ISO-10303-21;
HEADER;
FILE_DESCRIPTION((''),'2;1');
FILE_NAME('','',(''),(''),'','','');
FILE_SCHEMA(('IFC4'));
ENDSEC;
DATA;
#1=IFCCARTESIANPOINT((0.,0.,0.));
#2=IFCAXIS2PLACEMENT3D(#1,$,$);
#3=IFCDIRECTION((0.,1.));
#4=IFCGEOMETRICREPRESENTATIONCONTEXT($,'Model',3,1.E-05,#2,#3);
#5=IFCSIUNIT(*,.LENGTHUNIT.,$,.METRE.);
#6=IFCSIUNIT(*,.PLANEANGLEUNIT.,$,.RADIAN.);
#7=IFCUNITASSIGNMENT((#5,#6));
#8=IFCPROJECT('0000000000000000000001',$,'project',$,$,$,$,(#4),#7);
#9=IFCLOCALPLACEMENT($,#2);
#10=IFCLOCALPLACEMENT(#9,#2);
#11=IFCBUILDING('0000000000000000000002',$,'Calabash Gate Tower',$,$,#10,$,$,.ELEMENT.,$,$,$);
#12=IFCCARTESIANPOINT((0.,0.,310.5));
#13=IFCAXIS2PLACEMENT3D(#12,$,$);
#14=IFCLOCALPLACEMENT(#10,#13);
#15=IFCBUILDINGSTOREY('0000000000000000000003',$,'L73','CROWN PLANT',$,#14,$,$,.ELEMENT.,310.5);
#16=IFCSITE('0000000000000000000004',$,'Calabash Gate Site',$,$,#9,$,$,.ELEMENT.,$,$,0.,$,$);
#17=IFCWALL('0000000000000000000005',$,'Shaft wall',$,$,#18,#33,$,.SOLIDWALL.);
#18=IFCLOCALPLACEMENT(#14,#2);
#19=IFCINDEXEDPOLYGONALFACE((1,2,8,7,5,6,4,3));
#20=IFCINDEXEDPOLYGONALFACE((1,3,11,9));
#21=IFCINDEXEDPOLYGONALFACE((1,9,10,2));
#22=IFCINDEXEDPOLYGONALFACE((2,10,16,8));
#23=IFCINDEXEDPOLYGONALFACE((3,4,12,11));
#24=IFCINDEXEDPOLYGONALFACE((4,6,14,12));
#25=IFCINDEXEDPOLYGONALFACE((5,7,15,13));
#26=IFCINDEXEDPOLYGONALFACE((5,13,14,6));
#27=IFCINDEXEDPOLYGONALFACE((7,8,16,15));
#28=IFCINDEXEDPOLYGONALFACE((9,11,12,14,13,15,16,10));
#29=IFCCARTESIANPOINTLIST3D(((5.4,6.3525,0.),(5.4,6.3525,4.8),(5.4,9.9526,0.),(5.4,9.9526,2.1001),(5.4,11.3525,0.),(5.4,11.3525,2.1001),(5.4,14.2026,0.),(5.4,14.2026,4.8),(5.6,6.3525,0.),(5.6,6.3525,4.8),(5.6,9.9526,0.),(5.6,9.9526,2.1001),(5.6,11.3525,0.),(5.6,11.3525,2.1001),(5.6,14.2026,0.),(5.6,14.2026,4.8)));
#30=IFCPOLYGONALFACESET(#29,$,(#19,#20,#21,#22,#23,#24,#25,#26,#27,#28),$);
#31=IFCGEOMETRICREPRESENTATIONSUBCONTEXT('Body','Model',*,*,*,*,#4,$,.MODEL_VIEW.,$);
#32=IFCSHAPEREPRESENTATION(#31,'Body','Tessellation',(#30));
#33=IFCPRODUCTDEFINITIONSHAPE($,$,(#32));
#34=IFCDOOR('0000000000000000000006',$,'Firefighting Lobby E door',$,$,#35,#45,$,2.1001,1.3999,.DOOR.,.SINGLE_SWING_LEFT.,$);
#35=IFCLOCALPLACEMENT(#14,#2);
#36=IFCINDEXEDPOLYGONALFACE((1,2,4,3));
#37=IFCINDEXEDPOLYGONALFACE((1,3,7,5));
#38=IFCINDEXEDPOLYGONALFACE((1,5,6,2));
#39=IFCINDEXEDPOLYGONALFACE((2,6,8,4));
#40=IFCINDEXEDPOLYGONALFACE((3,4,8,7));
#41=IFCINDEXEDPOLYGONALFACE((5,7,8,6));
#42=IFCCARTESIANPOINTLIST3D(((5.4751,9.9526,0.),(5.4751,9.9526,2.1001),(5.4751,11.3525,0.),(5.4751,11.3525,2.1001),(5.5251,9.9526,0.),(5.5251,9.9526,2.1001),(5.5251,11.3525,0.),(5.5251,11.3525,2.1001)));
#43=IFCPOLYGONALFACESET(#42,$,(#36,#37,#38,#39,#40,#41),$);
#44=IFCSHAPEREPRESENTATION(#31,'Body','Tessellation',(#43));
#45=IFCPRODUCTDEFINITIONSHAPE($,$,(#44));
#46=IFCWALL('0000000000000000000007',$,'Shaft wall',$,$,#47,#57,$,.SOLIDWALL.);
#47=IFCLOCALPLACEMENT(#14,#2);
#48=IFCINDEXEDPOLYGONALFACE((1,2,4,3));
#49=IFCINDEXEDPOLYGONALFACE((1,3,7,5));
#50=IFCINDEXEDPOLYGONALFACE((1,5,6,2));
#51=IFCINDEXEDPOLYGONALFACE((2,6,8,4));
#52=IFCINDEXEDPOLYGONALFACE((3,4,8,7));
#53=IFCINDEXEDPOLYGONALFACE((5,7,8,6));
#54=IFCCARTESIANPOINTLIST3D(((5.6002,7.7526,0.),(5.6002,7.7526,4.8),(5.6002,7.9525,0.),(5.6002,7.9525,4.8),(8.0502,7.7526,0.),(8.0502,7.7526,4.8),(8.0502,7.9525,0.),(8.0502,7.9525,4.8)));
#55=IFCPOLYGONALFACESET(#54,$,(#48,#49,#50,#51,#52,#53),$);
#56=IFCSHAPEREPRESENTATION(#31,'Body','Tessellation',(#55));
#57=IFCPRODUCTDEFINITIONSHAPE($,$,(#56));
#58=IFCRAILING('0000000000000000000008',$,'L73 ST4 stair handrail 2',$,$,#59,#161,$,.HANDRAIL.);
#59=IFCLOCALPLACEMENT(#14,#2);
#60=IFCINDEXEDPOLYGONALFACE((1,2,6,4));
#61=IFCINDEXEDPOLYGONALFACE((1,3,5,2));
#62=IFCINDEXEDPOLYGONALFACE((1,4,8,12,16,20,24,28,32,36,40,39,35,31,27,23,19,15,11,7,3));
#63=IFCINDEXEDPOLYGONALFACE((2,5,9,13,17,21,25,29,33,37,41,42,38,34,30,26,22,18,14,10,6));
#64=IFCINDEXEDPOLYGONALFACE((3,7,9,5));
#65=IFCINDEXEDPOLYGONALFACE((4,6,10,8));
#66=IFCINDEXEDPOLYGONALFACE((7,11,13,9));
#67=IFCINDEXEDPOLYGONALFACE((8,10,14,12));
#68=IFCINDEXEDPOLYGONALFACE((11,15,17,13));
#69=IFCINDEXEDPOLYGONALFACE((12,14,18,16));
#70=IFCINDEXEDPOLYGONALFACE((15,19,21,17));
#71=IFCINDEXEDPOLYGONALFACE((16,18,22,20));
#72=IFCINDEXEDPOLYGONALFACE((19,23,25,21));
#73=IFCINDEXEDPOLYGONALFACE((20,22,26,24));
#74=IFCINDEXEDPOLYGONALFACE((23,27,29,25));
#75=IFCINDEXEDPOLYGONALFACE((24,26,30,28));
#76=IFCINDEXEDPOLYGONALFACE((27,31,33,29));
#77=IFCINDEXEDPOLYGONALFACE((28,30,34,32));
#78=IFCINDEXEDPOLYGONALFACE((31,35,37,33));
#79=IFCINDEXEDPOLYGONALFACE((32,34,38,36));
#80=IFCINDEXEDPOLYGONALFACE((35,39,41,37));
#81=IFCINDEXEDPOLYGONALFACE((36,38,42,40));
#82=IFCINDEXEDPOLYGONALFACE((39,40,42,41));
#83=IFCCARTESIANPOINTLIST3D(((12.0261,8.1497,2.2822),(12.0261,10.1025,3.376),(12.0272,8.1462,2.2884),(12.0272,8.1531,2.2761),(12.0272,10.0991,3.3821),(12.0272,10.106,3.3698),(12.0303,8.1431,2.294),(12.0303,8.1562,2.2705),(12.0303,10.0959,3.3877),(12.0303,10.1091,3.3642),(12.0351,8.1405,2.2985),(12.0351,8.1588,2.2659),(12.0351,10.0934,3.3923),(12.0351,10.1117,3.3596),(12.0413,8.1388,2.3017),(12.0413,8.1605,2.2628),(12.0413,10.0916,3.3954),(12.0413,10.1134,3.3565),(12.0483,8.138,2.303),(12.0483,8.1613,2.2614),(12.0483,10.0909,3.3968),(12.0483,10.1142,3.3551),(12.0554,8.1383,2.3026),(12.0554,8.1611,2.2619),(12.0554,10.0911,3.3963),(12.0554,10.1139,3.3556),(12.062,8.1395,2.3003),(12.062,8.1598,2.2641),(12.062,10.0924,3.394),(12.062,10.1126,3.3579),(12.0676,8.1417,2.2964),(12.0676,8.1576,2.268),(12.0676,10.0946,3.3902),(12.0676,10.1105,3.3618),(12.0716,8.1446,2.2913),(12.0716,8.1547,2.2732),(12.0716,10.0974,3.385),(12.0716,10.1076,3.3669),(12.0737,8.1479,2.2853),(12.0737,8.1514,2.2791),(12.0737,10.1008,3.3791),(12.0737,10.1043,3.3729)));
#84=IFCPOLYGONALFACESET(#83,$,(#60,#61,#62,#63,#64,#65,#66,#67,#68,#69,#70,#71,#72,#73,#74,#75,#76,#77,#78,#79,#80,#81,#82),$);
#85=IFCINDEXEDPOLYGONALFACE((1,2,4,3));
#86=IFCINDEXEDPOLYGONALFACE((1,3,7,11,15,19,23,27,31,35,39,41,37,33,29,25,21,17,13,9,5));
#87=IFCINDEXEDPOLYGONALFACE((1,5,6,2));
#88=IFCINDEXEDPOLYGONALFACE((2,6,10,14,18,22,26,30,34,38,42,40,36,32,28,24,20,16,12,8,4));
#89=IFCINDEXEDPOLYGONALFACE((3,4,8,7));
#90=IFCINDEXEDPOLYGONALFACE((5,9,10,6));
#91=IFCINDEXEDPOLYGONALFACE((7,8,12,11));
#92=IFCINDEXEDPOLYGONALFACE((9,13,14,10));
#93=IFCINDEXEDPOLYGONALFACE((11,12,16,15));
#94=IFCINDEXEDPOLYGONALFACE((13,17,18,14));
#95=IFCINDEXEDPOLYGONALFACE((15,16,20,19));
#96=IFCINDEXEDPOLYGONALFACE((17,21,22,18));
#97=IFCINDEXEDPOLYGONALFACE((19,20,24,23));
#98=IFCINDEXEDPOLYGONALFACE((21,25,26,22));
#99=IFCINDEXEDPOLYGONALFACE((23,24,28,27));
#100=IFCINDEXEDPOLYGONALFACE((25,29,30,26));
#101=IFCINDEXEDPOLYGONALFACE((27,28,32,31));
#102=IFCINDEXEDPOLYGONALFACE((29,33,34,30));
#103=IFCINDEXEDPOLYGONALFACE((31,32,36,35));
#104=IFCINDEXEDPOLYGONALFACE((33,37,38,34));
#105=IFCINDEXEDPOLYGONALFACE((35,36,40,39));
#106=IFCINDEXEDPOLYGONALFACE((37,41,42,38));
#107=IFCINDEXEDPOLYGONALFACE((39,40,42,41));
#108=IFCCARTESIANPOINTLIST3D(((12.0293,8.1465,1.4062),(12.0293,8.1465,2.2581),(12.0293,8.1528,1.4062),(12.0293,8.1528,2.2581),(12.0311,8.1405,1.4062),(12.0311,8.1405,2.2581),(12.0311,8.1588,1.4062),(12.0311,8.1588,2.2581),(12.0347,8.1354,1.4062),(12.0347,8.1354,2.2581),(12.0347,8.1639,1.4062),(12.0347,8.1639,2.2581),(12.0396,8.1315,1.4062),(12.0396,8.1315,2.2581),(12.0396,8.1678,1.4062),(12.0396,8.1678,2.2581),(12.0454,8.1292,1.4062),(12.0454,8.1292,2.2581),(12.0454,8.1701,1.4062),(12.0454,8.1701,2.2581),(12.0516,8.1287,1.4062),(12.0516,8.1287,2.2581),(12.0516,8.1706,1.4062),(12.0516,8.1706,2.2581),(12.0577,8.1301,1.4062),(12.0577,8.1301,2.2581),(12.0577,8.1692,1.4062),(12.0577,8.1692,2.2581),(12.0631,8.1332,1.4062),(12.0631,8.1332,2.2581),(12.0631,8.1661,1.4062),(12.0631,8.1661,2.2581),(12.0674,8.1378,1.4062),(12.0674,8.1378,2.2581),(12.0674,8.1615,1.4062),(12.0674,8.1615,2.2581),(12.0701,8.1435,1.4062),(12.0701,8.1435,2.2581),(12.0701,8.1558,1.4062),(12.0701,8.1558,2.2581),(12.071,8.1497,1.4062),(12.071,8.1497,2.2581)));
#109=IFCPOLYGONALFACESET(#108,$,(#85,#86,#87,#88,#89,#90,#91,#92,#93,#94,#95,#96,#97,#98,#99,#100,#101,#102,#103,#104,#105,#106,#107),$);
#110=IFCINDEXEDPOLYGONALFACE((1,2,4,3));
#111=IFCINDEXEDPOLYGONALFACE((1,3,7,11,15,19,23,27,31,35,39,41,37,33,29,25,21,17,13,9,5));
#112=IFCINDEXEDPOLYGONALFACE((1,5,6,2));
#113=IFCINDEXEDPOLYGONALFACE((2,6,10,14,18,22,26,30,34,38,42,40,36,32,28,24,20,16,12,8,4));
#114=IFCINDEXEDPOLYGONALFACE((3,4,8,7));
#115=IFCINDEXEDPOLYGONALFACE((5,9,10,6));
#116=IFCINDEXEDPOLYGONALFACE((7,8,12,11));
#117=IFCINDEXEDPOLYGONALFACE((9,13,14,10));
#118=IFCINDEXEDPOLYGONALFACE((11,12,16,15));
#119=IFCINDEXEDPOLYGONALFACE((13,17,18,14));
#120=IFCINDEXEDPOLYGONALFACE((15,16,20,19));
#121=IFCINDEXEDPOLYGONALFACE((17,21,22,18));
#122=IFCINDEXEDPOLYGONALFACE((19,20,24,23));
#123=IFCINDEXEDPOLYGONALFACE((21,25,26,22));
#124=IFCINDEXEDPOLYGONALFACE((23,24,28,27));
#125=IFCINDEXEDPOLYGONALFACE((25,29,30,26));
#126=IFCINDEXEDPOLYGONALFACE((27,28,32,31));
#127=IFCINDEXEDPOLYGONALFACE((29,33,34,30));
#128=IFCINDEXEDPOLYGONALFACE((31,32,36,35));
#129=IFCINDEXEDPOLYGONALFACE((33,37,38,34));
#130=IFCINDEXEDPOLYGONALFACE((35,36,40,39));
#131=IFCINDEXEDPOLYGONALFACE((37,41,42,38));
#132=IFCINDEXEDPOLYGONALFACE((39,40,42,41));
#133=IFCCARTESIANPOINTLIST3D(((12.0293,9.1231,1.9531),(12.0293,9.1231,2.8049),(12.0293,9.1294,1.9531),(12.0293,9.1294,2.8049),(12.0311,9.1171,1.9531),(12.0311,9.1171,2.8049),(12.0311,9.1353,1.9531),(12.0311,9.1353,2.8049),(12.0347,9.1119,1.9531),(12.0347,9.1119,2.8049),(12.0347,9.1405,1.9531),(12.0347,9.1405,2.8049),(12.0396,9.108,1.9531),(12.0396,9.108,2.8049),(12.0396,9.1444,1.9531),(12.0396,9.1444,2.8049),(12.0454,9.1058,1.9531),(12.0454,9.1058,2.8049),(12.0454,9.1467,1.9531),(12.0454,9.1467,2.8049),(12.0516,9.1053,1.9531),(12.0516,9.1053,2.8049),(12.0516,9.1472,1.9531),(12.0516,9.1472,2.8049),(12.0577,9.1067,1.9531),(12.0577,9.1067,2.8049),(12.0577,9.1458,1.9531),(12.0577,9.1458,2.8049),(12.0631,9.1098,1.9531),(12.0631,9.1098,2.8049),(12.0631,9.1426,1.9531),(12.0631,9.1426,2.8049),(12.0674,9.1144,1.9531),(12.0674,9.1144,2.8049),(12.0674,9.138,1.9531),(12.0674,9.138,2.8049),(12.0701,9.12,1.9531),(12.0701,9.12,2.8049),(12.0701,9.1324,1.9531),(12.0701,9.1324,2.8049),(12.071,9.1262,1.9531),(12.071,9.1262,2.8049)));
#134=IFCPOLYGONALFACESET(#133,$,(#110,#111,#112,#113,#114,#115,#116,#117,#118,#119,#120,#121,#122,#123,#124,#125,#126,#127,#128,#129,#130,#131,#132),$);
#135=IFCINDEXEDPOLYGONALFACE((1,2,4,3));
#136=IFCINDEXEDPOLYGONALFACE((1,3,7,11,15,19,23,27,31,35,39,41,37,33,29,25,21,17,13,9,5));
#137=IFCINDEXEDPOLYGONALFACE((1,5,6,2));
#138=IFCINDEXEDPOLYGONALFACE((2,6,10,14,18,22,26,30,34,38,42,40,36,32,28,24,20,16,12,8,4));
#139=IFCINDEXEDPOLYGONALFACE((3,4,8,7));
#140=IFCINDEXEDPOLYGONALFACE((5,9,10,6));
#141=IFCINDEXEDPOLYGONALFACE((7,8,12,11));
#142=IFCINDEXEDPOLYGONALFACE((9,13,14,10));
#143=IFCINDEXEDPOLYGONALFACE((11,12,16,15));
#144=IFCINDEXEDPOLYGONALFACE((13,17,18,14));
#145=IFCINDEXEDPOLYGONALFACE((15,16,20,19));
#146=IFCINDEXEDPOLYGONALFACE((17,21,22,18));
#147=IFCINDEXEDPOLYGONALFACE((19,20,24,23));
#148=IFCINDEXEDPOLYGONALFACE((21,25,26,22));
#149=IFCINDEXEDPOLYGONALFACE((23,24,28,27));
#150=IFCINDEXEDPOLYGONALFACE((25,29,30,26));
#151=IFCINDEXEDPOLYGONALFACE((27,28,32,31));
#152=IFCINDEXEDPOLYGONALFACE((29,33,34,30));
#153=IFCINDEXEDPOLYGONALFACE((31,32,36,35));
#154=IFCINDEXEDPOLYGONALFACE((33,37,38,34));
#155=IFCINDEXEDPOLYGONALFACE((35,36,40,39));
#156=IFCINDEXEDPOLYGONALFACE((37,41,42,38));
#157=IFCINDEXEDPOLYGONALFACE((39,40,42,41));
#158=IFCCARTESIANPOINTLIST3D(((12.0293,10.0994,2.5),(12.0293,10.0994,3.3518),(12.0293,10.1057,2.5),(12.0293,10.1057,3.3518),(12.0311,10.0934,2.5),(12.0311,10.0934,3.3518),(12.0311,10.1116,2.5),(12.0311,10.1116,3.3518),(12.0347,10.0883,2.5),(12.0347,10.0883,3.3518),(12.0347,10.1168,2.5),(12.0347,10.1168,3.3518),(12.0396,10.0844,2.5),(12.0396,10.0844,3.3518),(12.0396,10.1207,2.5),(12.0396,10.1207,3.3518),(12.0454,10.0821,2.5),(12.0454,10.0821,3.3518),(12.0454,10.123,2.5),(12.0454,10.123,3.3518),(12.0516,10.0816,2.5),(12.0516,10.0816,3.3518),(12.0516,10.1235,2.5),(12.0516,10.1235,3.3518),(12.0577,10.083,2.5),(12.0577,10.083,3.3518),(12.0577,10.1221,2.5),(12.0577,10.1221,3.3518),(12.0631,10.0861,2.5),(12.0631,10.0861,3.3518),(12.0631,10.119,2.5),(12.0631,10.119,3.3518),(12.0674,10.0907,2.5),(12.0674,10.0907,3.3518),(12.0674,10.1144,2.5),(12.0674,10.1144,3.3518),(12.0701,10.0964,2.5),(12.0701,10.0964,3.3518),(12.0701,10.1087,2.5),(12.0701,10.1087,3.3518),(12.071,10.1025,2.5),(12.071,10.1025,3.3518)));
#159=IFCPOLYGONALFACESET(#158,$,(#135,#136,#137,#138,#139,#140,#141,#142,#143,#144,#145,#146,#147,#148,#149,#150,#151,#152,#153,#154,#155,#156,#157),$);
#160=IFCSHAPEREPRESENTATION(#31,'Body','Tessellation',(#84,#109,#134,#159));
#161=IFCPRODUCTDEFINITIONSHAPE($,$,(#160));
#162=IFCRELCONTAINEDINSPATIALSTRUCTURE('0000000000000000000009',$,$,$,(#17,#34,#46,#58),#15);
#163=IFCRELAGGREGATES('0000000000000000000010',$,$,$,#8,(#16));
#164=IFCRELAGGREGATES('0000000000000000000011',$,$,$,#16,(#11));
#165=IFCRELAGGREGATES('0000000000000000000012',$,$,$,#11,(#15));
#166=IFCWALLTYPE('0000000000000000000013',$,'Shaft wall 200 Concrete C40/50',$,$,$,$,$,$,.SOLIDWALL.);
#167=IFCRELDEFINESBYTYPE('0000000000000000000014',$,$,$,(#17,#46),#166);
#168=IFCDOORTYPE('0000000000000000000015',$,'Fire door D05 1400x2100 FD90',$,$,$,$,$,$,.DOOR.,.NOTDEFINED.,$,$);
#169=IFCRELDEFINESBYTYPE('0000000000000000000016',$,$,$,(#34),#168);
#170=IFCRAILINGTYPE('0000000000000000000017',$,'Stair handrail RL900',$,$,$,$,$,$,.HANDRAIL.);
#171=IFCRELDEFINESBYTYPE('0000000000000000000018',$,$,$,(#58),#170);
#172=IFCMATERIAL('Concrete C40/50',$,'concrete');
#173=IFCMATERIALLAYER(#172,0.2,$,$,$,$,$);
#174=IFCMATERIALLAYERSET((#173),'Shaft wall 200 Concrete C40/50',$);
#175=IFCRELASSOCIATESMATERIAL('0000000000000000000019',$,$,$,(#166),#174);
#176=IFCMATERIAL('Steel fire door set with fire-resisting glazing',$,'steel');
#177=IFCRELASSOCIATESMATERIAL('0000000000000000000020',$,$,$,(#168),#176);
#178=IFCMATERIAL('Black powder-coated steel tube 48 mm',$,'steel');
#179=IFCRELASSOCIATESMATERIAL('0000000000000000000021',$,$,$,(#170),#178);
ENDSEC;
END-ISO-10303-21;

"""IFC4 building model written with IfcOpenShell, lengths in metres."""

from ifc_helpers import new_model, si_unit, direction, frame, frame_2d, origin, origin_2d, place, context, subcontext, project, spatial, rectangle, circle, extrude, material, layer, layer_set, type_object, element, fill, save


model = new_model("IFC4")

# Units and contexts
model_context = context("Model", 3, precision=1e-05, world=origin(), true_north=direction((0.0, 1.0)))
body_context = subcontext(model_context, "Body", "Model", "MODEL_VIEW")
ifc_project = project(units=[si_unit("LENGTHUNIT", "METRE"), si_unit("PLANEANGLEUNIT", "RADIAN")], contexts=[model_context])

# Site, building, storey
site_placement = place(None, origin())
site = spatial("IfcSite", under=ifc_project, at=site_placement, Name="Calabash Gate Site", CompositionType="ELEMENT", RefElevation=0.0)
building_placement = place(site_placement, origin())
building = spatial("IfcBuilding", under=site, at=building_placement, Name="Calabash Gate Tower", CompositionType="ELEMENT")
storey_placement = place(building_placement, frame((0.0, 0.0, 310.5)))
storey = spatial("IfcBuildingStorey", under=building, at=storey_placement, Name="L73", Description="CROWN PLANT", CompositionType="ELEMENT", Elevation=310.5)

# Wall, opening, door
ifc_material_1 = material(Name="Concrete C40/50", Category="concrete")
ifc_layer_1 = layer(ifc_material_1, 0.2)
ifc_layer_set_1 = layer_set([ifc_layer_1], Name="Shaft wall 200 Concrete C40/50")
wall_type_1 = type_object("IfcWallType", Name="Shaft wall 200 Concrete C40/50", PredefinedType="SOLIDWALL", material=ifc_layer_set_1)
wall_1_placement = place(storey_placement, frame((5.5, 6.3525, 0.0), z_axis=(0.0, 0.0, 1.0), x_axis=(0.0, 1.0, 0.0)))
wall_1 = element("IfcWall", 1, at=wall_1_placement, inside=storey, type_object=wall_type_1, Name="Shaft wall", PredefinedType="SOLIDWALL", context=body_context, shape_type="SweptSolid", body=[
    extrude(rectangle(XDim=7.8501, YDim=0.2, at=frame_2d((3.925, 0.0))), origin(), (0.0, 0.0, 1.0), 4.8),
])
opening_1_placement = place(wall_1_placement, frame((3.6001, 0.0, 0.0)))
opening_1 = element("IfcOpeningElement", 2, at=opening_1_placement, cuts=wall_1, PredefinedType="OPENING", context=body_context, shape_type="SweptSolid", body=[
    extrude(rectangle(XDim=1.3999, YDim=2.1001, at=frame_2d((0.7, 1.05))), frame((0.0, 0.1099, 0.0), z_axis=(0.0, -1.0, 0.0), x_axis=(1.0, 0.0, 0.0)), (0.0, 0.0, 1.0), 0.22),
])
ifc_material_2 = material(Name="Steel fire door set with fire-resisting glazing", Category="steel")
door_type_1 = type_object("IfcDoorType", Name="Fire door D05 1400x2100 FD90", OperationType="NOTDEFINED", PredefinedType="DOOR", material=ifc_material_2)
door_1_placement = place(opening_1_placement, origin())
door_1 = element("IfcDoor", 3, at=door_1_placement, inside=storey, type_object=door_type_1, Name="Firefighting Lobby E door", OperationType="SINGLE_SWING_LEFT", OverallHeight=2.1001, OverallWidth=1.3999, PredefinedType="DOOR", context=body_context, shape_type="SweptSolid", body=[
    extrude(rectangle(XDim=1.3999, YDim=2.1001, at=frame_2d((0.7, 1.05))), frame((0.0, 0.0249, 0.0), z_axis=(0.0, -1.0, 0.0), x_axis=(1.0, 0.0, 0.0)), (0.0, 0.0, 1.0), 0.05),
])
fill(opening_1, door_1)

# Wall
wall_2_placement = place(storey_placement, frame((5.6001, 7.8525, 0.0), z_axis=(0.0, 0.0, 1.0), x_axis=(1.0, 0.0, 0.0)))
element("IfcWall", 4, at=wall_2_placement, inside=storey, type_object=wall_type_1, Name="Shaft wall", PredefinedType="SOLIDWALL", context=body_context, shape_type="SweptSolid", body=[
    extrude(rectangle(XDim=2.45, YDim=0.2, at=frame_2d((1.2251, 0.0))), origin(), (0.0, 0.0, 1.0), 4.8),
])

# Railing
ifc_material_3 = material(Name="Black powder-coated steel tube 48 mm", Category="steel")
railing_type = type_object("IfcRailingType", Name="Stair handrail RL900", PredefinedType="HANDRAIL", material=ifc_material_3)
for number, where, name in (
    (5, (12.05, 8.1497, 1.4062), "L73 ST4 stair handrail 2"),
):
    element("IfcRailing", number, at=place(storey_placement, frame(where)), inside=storey, type_object=railing_type, Name=name, PredefinedType="HANDRAIL", context=body_context, shape_type="SweptSolid", body=[
        extrude(circle(Radius=0.0239, at=origin_2d()), frame((0.0, 0.0, 0.876), z_axis=(0.0, 0.87248, 0.48865), x_axis=(-1.0, 0.0, 0.0)), (0.0, 0.0, 1.0), 2.2383),
        extrude(circle(Radius=0.021, at=origin_2d()), origin(), (0.0, 0.0, 1.0), 0.8518),
        extrude(circle(Radius=0.021, at=origin_2d()), frame((0.0, 0.9766, 0.5469)), (0.0, 0.0, 1.0), 0.8518),
        extrude(circle(Radius=0.021, at=origin_2d()), frame((0.0, 1.9529, 1.0938)), (0.0, 0.0, 1.0), 0.8518),
    ])

save(model, "model.ifc")
